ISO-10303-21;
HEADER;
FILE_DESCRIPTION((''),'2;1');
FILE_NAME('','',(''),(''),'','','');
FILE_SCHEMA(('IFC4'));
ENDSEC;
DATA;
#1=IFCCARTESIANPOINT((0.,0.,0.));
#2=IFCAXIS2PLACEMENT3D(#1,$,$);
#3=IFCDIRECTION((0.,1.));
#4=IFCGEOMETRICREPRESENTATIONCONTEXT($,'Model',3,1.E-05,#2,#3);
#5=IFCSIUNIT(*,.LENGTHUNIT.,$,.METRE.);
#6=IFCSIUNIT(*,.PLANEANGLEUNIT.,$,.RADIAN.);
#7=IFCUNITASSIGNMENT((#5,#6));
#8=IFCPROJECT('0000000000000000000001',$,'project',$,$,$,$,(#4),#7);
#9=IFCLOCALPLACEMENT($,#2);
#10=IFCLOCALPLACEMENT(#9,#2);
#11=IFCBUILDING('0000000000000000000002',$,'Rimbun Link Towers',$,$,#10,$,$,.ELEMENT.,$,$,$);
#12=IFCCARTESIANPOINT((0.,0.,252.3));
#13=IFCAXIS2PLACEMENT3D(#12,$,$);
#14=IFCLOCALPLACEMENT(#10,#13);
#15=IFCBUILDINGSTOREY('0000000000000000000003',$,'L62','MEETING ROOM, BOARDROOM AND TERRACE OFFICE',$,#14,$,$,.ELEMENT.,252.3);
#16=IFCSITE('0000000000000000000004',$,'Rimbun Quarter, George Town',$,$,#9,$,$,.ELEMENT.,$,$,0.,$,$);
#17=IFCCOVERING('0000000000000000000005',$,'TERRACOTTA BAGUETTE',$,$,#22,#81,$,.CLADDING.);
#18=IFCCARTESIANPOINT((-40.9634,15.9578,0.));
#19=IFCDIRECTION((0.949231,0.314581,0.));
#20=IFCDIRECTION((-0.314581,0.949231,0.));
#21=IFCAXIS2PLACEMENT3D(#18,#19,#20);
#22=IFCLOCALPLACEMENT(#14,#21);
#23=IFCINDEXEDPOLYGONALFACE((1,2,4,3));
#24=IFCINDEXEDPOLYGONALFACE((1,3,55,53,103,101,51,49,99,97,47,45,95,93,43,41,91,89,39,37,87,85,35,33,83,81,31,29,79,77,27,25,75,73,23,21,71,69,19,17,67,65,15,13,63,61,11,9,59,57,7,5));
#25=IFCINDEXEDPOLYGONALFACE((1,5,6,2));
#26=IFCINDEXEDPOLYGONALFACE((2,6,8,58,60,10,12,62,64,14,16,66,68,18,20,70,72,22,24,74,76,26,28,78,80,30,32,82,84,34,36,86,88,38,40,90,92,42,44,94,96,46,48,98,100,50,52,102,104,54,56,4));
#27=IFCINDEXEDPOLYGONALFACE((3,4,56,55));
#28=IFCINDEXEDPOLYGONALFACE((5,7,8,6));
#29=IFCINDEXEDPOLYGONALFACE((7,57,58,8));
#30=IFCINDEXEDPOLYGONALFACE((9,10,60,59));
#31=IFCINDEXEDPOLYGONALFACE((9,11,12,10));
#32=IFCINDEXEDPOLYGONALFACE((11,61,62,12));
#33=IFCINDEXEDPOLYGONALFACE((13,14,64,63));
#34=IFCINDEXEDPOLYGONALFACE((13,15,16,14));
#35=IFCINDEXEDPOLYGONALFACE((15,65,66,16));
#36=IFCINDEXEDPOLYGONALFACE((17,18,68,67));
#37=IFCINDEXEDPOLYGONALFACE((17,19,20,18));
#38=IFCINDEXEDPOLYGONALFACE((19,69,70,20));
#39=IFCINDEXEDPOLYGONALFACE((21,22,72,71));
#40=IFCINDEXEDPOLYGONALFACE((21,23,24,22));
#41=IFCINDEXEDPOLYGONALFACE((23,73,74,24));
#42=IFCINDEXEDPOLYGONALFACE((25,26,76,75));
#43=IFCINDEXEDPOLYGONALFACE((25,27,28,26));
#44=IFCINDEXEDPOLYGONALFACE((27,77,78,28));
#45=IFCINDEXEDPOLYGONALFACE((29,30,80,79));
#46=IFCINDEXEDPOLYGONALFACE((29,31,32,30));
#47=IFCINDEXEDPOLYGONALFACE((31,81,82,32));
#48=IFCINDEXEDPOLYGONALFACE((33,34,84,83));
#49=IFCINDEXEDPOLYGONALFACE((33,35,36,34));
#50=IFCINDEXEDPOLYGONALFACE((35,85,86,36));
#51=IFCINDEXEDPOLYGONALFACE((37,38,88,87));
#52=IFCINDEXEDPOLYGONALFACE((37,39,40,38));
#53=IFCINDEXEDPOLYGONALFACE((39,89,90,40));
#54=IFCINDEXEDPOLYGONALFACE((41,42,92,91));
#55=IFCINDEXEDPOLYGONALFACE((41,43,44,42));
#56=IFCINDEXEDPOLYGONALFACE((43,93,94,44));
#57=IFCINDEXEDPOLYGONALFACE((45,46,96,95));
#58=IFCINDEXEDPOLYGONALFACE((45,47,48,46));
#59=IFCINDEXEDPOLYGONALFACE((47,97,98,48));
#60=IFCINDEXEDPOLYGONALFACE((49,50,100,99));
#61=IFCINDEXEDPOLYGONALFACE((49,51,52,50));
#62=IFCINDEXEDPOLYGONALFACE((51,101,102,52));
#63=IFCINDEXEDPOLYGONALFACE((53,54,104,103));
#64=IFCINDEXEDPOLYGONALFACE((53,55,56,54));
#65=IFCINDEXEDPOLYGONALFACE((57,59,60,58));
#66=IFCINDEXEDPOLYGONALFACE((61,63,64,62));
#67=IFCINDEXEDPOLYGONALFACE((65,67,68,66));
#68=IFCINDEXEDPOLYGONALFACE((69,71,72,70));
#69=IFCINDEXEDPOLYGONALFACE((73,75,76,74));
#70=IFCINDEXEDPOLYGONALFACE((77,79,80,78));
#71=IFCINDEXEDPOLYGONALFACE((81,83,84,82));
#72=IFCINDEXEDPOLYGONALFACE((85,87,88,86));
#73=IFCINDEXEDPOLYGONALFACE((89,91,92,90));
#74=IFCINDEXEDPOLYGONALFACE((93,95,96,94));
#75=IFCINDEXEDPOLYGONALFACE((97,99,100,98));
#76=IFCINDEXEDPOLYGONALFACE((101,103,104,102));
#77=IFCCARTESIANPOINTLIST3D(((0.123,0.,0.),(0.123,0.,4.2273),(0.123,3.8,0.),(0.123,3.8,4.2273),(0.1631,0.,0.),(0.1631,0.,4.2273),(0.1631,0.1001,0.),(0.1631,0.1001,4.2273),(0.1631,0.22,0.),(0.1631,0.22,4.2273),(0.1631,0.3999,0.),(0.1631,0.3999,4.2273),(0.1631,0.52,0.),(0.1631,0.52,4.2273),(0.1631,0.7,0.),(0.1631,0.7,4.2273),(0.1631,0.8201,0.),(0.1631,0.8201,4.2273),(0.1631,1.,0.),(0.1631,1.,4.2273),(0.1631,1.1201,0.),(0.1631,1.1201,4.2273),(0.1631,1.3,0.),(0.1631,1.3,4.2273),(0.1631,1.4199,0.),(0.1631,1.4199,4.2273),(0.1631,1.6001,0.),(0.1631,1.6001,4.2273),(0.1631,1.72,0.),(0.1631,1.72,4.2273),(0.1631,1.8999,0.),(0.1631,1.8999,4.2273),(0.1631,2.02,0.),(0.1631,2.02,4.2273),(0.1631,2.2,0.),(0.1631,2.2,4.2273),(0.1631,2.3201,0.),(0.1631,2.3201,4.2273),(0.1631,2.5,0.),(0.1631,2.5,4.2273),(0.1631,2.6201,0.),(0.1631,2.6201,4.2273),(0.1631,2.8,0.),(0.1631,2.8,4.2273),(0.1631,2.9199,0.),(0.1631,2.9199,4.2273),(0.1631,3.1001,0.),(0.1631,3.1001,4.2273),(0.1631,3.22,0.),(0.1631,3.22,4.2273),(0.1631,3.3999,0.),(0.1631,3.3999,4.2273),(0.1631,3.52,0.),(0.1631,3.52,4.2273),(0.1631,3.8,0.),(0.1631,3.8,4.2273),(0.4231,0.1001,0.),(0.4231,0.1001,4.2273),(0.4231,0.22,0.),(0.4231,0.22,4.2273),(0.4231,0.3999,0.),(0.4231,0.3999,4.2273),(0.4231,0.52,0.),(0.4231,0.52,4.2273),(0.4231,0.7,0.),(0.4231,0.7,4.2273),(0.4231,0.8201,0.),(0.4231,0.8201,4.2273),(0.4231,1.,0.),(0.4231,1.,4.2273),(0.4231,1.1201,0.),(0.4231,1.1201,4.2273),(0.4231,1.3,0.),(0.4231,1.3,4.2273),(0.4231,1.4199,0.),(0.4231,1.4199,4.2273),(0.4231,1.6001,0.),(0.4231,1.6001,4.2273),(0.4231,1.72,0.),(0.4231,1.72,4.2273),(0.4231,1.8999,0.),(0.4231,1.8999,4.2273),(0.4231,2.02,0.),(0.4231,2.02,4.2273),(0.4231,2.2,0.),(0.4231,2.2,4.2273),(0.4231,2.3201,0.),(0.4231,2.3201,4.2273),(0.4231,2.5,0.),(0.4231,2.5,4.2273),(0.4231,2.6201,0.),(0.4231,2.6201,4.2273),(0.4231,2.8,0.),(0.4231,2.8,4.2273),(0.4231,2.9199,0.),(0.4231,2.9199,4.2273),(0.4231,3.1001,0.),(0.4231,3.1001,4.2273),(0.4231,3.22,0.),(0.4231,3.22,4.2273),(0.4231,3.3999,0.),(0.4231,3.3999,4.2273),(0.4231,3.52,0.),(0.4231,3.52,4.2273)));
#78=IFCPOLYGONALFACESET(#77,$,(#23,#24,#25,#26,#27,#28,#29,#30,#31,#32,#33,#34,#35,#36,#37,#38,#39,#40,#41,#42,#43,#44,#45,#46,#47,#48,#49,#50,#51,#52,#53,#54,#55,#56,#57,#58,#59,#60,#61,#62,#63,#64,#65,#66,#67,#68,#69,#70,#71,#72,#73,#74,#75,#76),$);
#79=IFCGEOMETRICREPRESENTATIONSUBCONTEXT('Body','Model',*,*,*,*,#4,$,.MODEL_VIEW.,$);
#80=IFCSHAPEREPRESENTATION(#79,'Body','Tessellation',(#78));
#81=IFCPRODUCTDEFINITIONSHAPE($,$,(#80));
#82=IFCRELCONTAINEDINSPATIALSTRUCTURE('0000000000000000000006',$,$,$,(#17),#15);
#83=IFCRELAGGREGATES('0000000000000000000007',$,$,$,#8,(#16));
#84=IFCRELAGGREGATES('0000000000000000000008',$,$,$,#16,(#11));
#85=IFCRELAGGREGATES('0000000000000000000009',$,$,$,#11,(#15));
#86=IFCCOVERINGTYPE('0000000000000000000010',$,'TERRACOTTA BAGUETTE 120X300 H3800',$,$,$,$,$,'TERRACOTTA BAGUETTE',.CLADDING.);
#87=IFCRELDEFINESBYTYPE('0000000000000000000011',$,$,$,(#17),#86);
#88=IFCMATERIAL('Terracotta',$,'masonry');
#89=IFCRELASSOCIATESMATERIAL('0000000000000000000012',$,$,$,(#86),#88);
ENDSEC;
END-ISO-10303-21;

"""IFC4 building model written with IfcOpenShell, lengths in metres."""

from ifc_helpers import new_model, si_unit, direction, frame, origin, place, context, subcontext, project, spatial, polyline, outline, extrude, material, material_profile, profile_set, type_object, element, save


model = new_model("IFC4")

# Units and contexts
model_context = context("Model", 3, precision=1e-05, world=origin(), true_north=direction((0.0, 1.0)))
body_context = subcontext(model_context, "Body", "Model", "MODEL_VIEW")
ifc_project = project(units=[si_unit("LENGTHUNIT", "METRE"), si_unit("PLANEANGLEUNIT", "RADIAN")], contexts=[model_context])

# Site, building, storey
site_placement = place(None, origin())
site = spatial("IfcSite", under=ifc_project, at=site_placement, Name="Rimbun Quarter, George Town", CompositionType="ELEMENT", RefElevation=0.0)
building_placement = place(site_placement, origin())
building = spatial("IfcBuilding", under=site, at=building_placement, Name="Rimbun Link Towers", CompositionType="ELEMENT")
storey_placement = place(building_placement, frame((0.0, 0.0, 252.3)))
storey = spatial("IfcBuildingStorey", under=building, at=storey_placement, Name="L62", Description="MEETING ROOM, BOARDROOM AND TERRACE OFFICE", CompositionType="ELEMENT", Elevation=252.3)

# Covering
ifc_material_1 = material(Name="Terracotta", Category="masonry")
ifc_material_profile_1 = material_profile(ifc_material_1, outline(polyline([(0.123, 0.0), (0.1631, 0.0), (0.1631, 0.1001), (0.4231, 0.1001), (0.4231, 0.22), (0.1631, 0.22), (0.1631, 0.3999), (0.4231, 0.3999), (0.4231, 0.52), (0.1631, 0.52), (0.1631, 0.7), (0.4231, 0.7), (0.4231, 0.8201), (0.1631, 0.8201), (0.1631, 1.0), (0.4231, 1.0), (0.4231, 1.1201), (0.1631, 1.1201), (0.1631, 1.3), (0.4231, 1.3), (0.4231, 1.4199), (0.1631, 1.4199), (0.1631, 1.6001), (0.4231, 1.6001), (0.4231, 1.72), (0.1631, 1.72), (0.1631, 1.8999), (0.4231, 1.8999), (0.4231, 2.02), (0.1631, 2.02), (0.1631, 2.2), (0.4231, 2.2), (0.4231, 2.3201), (0.1631, 2.3201), (0.1631, 2.5), (0.4231, 2.5), (0.4231, 2.6201), (0.1631, 2.6201), (0.1631, 2.8), (0.4231, 2.8), (0.4231, 2.9199), (0.1631, 2.9199), (0.1631, 3.1001), (0.4231, 3.1001), (0.4231, 3.22), (0.1631, 3.22), (0.1631, 3.3999), (0.4231, 3.3999), (0.4231, 3.52), (0.1631, 3.52), (0.1631, 3.8), (0.123, 3.8), (0.123, 0.0)])), Name="BAGUETTE 120X300")
ifc_profile_set_1 = profile_set([ifc_material_profile_1], Name="Terracotta")
covering_type = type_object("IfcCoveringType", Name="TERRACOTTA BAGUETTE 120X300 H3800", ElementType="TERRACOTTA BAGUETTE", PredefinedType="CLADDING", material=ifc_profile_set_1)
covering_1_placement = place(storey_placement, frame((-40.9634, 15.9578, 0.0), z_axis=(0.949231, 0.314581, 0.0), x_axis=(-0.314581, 0.949231, 0.0)))
element("IfcCovering", 1, at=covering_1_placement, inside=storey, type_object=covering_type, Name="TERRACOTTA BAGUETTE", PredefinedType="CLADDING", context=body_context, shape_type="SweptSolid", body=[
    extrude(outline(polyline([(0.123, 0.0), (0.1631, 0.0), (0.1631, 0.1001), (0.4231, 0.1001), (0.4231, 0.22), (0.1631, 0.22), (0.1631, 0.3999), (0.4231, 0.3999), (0.4231, 0.52), (0.1631, 0.52), (0.1631, 0.7), (0.4231, 0.7), (0.4231, 0.8201), (0.1631, 0.8201), (0.1631, 1.0), (0.4231, 1.0), (0.4231, 1.1201), (0.1631, 1.1201), (0.1631, 1.3), (0.4231, 1.3), (0.4231, 1.4199), (0.1631, 1.4199), (0.1631, 1.6001), (0.4231, 1.6001), (0.4231, 1.72), (0.1631, 1.72), (0.1631, 1.8999), (0.4231, 1.8999), (0.4231, 2.02), (0.1631, 2.02), (0.1631, 2.2), (0.4231, 2.2), (0.4231, 2.3201), (0.1631, 2.3201), (0.1631, 2.5), (0.4231, 2.5), (0.4231, 2.6201), (0.1631, 2.6201), (0.1631, 2.8), (0.4231, 2.8), (0.4231, 2.9199), (0.1631, 2.9199), (0.1631, 3.1001), (0.4231, 3.1001), (0.4231, 3.22), (0.1631, 3.22), (0.1631, 3.3999), (0.4231, 3.3999), (0.4231, 3.52), (0.1631, 3.52), (0.1631, 3.8), (0.123, 3.8), (0.123, 0.0)])), origin(), (0.0, 0.0, 1.0), 4.2273),
])

save(model, "model.ifc")
